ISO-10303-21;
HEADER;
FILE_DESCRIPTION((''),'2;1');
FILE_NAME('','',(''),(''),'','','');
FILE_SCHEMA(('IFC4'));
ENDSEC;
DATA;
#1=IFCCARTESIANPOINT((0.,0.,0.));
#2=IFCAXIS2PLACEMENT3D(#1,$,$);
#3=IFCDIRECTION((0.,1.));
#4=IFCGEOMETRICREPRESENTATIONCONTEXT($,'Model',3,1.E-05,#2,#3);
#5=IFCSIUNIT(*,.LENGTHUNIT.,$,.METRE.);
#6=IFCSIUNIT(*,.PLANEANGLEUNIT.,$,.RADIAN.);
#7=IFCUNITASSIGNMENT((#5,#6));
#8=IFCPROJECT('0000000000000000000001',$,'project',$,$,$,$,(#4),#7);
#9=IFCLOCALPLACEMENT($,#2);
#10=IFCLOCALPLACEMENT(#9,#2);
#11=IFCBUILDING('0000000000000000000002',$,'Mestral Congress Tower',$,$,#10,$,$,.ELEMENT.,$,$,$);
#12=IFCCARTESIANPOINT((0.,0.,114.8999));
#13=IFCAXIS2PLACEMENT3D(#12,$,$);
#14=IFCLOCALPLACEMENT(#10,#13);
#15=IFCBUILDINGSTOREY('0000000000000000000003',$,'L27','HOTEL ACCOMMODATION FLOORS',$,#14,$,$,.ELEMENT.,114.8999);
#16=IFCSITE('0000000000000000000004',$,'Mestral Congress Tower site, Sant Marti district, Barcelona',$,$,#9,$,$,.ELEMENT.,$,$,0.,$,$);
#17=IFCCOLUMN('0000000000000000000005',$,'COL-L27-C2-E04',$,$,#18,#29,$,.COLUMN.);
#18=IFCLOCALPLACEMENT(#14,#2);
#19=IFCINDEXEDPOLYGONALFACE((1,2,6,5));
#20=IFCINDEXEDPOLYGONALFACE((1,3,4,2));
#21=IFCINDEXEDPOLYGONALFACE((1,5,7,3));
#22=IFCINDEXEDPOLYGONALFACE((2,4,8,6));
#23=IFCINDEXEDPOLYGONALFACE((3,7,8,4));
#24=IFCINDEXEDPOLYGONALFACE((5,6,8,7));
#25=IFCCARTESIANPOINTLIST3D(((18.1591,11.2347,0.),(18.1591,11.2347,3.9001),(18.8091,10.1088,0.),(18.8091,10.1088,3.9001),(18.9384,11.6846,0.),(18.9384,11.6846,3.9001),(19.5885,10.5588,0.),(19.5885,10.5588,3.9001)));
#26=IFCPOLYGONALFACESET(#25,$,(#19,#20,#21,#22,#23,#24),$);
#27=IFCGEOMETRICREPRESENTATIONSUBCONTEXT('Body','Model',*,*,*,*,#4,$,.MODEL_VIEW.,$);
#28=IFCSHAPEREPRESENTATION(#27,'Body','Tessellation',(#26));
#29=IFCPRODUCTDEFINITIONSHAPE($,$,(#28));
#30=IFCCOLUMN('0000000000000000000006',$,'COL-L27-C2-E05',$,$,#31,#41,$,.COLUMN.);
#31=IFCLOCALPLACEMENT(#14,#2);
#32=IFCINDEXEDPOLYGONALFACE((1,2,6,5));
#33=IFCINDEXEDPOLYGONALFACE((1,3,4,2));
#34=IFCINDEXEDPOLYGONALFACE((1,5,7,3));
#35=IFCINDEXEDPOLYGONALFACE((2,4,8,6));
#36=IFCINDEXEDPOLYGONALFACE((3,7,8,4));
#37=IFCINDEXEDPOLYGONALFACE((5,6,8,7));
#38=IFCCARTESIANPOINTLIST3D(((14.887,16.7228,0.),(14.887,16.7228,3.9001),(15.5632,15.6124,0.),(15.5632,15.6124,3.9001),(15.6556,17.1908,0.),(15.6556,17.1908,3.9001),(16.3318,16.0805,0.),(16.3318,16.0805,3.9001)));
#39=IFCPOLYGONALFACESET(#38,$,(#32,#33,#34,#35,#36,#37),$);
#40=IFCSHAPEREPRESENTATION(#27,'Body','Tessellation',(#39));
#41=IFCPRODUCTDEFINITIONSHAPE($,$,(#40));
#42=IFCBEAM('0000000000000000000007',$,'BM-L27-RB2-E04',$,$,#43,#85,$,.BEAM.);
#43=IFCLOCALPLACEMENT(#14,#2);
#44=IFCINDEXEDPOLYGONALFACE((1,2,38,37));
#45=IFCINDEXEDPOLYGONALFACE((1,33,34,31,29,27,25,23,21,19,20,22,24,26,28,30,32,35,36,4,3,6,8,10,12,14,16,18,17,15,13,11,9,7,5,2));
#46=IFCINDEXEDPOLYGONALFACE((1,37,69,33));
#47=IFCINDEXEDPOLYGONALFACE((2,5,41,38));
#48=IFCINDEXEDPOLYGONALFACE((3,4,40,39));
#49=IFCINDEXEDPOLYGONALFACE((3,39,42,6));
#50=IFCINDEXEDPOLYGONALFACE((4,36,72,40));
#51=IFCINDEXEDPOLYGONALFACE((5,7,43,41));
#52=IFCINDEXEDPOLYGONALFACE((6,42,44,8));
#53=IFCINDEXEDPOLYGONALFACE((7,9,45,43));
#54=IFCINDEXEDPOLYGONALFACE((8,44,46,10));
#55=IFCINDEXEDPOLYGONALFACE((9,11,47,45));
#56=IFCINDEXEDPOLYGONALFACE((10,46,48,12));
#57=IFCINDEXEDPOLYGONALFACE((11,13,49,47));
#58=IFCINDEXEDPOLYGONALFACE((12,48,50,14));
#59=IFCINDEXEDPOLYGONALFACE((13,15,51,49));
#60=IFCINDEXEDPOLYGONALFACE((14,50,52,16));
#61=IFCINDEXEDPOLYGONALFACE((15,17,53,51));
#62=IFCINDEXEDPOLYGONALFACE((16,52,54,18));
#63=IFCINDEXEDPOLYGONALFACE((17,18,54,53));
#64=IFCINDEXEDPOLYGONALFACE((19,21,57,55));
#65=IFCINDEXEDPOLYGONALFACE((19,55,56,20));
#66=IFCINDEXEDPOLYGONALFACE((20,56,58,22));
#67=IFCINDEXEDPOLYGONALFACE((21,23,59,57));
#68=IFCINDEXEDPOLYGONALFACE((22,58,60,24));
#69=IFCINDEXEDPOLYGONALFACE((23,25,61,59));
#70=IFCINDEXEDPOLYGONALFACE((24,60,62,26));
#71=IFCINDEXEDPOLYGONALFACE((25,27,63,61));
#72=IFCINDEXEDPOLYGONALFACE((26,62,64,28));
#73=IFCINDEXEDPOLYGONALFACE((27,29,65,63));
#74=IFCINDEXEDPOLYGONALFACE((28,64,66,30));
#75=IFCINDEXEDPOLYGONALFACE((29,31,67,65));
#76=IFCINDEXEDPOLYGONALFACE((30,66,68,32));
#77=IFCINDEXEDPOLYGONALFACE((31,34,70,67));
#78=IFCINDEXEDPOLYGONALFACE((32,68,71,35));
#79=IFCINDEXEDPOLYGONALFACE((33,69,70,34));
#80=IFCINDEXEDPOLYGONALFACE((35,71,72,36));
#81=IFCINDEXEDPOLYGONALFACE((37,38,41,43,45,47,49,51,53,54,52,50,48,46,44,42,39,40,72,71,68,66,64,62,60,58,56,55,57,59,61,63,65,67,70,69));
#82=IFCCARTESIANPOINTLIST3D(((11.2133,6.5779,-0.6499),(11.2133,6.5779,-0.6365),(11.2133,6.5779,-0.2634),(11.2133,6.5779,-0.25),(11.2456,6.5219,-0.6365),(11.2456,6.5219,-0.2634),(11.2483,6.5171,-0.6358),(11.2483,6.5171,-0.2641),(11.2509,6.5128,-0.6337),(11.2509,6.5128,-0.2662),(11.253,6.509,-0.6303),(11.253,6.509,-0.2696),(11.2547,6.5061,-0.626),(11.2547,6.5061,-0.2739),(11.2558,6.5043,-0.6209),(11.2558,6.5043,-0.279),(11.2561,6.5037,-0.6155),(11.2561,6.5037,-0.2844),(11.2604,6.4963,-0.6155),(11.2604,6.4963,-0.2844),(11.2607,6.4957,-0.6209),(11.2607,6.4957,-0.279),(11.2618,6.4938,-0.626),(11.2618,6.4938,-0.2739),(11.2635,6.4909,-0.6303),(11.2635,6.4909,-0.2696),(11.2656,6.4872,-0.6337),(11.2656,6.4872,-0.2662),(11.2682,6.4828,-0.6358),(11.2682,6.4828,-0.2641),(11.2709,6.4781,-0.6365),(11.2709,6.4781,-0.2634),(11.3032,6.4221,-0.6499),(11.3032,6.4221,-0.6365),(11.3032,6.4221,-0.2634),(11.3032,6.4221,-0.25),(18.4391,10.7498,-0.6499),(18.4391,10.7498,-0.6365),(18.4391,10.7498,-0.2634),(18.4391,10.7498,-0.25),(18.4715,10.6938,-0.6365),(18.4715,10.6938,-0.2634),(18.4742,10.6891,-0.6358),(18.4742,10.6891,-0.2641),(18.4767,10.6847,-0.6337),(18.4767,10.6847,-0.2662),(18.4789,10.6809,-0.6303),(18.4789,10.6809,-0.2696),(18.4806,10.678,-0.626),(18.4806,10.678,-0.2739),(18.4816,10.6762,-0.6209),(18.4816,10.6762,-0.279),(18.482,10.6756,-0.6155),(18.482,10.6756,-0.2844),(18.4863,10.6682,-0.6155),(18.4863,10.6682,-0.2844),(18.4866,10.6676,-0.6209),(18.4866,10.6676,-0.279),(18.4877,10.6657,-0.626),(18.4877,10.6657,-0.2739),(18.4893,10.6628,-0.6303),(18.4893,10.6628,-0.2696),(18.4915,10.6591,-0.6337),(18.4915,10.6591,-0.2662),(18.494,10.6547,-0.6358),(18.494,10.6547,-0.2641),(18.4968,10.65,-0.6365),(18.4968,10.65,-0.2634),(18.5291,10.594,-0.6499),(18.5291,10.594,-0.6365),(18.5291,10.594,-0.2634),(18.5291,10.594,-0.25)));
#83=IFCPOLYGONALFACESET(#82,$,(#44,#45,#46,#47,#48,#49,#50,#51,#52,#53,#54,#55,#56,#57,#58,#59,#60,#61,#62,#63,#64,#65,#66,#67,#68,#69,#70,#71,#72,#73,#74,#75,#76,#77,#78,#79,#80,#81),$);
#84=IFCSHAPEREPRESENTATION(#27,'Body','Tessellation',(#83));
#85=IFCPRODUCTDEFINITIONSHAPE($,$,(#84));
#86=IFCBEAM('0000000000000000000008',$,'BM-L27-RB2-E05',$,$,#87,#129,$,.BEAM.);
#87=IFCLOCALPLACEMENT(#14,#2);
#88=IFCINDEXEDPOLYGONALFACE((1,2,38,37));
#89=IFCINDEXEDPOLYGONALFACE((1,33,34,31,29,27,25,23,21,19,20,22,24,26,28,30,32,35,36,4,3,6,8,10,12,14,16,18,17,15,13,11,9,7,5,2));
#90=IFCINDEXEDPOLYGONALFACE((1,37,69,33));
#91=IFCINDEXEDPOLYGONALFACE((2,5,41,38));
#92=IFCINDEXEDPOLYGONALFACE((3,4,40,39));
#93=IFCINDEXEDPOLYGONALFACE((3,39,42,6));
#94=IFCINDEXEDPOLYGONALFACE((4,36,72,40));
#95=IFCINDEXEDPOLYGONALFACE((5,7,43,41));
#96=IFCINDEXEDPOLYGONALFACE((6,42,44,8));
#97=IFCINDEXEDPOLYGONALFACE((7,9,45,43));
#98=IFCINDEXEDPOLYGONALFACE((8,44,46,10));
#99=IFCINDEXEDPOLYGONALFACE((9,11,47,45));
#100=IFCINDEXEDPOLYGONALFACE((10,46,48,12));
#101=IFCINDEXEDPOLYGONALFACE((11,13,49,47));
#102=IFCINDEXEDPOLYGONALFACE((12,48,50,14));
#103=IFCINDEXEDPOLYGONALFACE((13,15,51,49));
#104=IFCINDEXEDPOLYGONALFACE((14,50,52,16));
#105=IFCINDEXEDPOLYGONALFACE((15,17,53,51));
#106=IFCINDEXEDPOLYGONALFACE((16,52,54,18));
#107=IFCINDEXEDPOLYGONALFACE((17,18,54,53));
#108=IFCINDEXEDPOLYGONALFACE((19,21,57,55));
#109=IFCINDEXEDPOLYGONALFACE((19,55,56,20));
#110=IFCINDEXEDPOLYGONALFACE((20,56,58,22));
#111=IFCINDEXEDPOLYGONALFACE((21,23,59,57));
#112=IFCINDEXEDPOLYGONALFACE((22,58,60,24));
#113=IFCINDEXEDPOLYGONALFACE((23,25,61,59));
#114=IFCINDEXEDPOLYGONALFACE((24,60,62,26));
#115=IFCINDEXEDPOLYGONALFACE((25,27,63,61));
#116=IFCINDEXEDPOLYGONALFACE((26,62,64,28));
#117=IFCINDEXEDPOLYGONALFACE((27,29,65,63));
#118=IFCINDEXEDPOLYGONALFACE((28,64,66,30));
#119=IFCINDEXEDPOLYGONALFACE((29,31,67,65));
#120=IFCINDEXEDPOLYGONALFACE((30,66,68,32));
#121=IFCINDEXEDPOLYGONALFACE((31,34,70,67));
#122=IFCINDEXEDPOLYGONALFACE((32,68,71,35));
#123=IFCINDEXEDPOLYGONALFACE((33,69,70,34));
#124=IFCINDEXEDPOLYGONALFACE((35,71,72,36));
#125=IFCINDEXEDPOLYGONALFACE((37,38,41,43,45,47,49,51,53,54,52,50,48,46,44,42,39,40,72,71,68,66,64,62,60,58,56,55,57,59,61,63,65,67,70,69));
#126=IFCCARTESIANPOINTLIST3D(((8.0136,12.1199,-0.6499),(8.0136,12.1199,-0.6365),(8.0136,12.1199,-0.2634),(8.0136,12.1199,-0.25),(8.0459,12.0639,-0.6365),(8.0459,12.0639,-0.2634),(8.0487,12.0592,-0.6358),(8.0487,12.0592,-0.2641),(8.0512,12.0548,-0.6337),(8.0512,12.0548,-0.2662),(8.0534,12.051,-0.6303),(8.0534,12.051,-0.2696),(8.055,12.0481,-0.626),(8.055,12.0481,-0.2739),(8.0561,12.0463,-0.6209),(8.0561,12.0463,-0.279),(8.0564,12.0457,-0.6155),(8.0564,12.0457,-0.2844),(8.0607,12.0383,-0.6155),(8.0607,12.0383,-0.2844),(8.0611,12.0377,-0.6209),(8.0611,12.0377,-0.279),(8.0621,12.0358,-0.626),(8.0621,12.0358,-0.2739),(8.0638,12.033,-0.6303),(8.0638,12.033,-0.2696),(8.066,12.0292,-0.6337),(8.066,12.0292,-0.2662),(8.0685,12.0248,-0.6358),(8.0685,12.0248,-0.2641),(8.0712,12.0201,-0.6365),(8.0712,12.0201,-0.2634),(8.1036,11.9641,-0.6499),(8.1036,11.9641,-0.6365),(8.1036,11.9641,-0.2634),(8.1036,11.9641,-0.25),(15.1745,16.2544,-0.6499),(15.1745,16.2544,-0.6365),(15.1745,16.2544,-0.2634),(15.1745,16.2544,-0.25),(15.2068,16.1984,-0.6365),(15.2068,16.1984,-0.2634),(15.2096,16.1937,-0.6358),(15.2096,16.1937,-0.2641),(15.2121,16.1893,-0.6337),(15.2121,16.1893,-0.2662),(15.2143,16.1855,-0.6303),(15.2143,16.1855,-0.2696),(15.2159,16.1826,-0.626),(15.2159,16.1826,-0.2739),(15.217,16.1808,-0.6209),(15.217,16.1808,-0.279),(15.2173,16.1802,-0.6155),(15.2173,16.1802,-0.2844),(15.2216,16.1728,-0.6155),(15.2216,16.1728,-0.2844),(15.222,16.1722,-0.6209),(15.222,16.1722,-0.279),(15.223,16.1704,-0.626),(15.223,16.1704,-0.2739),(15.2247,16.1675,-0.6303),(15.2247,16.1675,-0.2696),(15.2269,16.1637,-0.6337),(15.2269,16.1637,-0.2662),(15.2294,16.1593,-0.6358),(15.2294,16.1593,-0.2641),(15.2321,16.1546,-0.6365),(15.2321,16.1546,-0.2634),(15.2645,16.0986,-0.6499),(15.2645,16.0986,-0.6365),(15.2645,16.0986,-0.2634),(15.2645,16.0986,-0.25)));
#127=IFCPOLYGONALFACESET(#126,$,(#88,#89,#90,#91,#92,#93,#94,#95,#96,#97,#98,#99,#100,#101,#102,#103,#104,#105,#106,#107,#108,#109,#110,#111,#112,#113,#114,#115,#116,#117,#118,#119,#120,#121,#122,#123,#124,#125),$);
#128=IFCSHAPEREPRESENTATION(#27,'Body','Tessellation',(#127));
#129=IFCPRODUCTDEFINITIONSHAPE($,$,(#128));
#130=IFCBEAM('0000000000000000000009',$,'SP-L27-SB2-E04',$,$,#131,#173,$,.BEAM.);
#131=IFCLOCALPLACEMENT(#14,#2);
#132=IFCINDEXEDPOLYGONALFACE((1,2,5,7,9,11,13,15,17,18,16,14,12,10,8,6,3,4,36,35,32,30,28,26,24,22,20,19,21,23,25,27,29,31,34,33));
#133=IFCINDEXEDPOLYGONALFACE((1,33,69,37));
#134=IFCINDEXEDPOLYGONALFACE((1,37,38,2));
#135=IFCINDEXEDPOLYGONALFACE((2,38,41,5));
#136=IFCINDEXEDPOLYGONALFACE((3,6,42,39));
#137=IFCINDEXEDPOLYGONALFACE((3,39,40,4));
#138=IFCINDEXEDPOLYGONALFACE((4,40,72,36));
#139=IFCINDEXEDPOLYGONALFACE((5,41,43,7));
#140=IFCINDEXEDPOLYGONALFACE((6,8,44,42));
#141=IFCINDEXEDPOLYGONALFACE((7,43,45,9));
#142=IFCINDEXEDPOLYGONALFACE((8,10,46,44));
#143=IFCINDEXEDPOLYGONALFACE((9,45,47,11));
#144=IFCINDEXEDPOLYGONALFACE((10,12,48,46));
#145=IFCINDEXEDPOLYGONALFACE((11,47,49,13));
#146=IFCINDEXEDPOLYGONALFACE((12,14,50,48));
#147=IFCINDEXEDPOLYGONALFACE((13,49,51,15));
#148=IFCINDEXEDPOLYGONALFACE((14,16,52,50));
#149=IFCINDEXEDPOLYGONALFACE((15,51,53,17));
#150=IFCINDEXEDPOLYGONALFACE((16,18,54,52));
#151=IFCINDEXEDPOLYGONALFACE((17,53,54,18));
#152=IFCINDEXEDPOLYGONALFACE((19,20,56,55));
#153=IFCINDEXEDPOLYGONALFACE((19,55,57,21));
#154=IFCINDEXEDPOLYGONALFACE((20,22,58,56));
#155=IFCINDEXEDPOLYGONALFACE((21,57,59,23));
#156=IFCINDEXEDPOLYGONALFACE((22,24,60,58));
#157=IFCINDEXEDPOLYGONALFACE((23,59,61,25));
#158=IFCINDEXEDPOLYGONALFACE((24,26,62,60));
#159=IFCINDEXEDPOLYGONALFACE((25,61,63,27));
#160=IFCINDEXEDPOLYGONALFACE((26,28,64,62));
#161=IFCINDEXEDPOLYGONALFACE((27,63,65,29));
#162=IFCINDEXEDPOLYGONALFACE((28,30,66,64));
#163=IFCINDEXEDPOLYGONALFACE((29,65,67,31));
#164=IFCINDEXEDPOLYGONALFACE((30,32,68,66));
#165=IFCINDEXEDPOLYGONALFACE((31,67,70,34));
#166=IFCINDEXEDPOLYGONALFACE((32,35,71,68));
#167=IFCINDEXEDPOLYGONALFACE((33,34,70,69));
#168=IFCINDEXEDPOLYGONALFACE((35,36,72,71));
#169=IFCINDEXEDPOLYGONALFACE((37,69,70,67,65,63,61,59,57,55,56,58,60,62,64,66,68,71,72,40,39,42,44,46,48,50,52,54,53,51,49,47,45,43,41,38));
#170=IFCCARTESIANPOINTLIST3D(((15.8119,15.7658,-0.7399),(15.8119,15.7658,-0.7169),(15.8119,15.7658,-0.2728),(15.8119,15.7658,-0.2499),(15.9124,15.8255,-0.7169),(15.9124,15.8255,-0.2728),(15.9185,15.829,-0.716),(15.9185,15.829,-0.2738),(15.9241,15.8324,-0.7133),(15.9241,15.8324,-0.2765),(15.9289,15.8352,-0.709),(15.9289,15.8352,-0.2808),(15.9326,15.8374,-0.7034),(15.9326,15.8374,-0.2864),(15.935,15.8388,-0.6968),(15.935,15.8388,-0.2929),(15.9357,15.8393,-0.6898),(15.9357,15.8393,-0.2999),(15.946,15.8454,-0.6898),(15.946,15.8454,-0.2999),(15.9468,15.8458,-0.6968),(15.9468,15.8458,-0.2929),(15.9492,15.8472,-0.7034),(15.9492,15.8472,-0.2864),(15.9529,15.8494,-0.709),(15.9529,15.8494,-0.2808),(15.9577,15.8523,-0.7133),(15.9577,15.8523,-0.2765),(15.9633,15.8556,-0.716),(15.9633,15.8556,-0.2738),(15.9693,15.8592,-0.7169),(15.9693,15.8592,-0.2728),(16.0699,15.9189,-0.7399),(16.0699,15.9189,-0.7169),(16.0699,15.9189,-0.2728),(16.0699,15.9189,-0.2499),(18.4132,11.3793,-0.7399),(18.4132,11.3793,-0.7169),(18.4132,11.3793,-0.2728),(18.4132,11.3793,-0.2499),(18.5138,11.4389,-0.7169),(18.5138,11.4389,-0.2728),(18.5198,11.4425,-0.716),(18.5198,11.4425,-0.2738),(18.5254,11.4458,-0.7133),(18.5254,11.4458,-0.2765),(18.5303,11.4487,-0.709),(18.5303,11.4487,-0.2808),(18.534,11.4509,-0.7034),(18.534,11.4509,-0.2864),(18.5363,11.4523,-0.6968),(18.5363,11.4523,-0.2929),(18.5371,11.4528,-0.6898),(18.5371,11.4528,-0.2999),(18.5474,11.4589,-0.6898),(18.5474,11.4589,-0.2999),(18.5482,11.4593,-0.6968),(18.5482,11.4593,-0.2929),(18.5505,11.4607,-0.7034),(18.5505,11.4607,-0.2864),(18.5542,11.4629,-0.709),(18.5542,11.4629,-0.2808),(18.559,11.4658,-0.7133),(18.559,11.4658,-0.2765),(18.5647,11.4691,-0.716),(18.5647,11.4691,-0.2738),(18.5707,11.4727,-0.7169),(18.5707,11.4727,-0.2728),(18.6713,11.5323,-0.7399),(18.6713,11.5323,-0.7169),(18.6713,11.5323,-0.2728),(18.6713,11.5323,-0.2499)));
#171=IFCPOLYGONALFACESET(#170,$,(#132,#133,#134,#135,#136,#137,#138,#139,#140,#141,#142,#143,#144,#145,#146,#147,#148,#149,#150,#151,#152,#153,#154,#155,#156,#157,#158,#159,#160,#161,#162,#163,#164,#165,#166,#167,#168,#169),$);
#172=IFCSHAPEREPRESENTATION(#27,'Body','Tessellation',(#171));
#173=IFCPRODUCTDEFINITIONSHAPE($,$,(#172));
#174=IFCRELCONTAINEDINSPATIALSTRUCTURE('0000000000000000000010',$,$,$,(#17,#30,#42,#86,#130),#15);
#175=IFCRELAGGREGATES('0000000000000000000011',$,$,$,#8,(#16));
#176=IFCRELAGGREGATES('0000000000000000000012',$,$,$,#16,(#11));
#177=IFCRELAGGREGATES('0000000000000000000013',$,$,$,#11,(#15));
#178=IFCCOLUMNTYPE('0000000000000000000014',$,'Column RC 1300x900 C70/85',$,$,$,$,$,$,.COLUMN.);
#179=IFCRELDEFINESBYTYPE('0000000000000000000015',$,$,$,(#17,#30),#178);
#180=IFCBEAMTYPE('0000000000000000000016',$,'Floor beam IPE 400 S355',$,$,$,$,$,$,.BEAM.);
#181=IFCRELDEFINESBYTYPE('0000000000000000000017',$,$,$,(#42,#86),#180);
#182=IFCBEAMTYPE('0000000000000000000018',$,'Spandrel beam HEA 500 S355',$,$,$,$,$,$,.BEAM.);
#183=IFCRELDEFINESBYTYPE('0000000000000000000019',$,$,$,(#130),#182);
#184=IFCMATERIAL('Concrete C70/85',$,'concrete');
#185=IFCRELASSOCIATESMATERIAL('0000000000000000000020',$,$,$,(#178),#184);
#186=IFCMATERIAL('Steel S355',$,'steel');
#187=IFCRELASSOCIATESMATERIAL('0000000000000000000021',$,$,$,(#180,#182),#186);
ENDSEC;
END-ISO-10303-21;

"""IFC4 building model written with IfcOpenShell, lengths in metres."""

from ifc_helpers import new_model, si_unit, direction, frame, origin, origin_2d, place, context, subcontext, project, spatial, rectangle, i_section, extrude, material, material_profile, profile_set, type_object, element, save


model = new_model("IFC4")

# Units and contexts
model_context = context("Model", 3, precision=1e-05, world=origin(), true_north=direction((0.0, 1.0)))
body_context = subcontext(model_context, "Body", "Model", "MODEL_VIEW")
ifc_project = project(units=[si_unit("LENGTHUNIT", "METRE"), si_unit("PLANEANGLEUNIT", "RADIAN")], contexts=[model_context])

# Site, building, storey
site_placement = place(None, origin())
site = spatial("IfcSite", under=ifc_project, at=site_placement, Name="Mestral Congress Tower site, Sant Marti district, Barcelona", CompositionType="ELEMENT", RefElevation=0.0)
building_placement = place(site_placement, origin())
building = spatial("IfcBuilding", under=site, at=building_placement, Name="Mestral Congress Tower", CompositionType="ELEMENT")
storey_placement = place(building_placement, frame((0.0, 0.0, 114.8999)))
storey = spatial("IfcBuildingStorey", under=building, at=storey_placement, Name="L27", Description="HOTEL ACCOMMODATION FLOORS", CompositionType="ELEMENT", Elevation=114.8999)

# Columns
ifc_material_1 = material(Name="Concrete C70/85", Category="concrete")
ifc_material_profile_1 = material_profile(ifc_material_1, rectangle(XDim=1.3, YDim=0.8999, at=origin_2d()), Name="RC 1300x900")
ifc_profile_set_1 = profile_set([ifc_material_profile_1], Name="Concrete C70/85")
column_type = type_object("IfcColumnType", Name="Column RC 1300x900 C70/85", PredefinedType="COLUMN", material=ifc_profile_set_1)
for number, where, z_axis, x_axis, name in (
    (1, (18.8738, 10.8967, 0.0), (0.0, 0.0, 1.0), (-0.5, 0.866025, 0.0), "COL-L27-C2-E04"),
    (2, (15.6094, 16.4016, 0.0), (0.0, 0.0, 1.0), (-0.520114, 0.854097, 0.0), "COL-L27-C2-E05"),
):
    element("IfcColumn", number, at=place(storey_placement, frame(where, z_axis=z_axis, x_axis=x_axis)), inside=storey, type_object=column_type, Name=name, PredefinedType="COLUMN", context=body_context, shape_type="SweptSolid", body=[
        extrude(rectangle(XDim=1.3, YDim=0.8999, at=origin_2d()), origin(), (0.0, 0.0, 1.0), 3.9001),
    ])

# Beams
ifc_material_2 = material(Name="Steel S355", Category="steel")
ifc_material_profile_2 = material_profile(ifc_material_2, i_section(OverallWidth=0.1799, OverallDepth=0.3999, WebThickness=0.0085, FlangeThickness=0.0134, FilletRadius=0.021, at=origin_2d()), Name="IPE 400")
ifc_profile_set_2 = profile_set([ifc_material_profile_2], Name="Steel S355")
beam_type_1 = type_object("IfcBeamType", Name="Floor beam IPE 400 S355", PredefinedType="BEAM", material=ifc_profile_set_2)
beam_1_placement = place(storey_placement, frame((18.4841, 10.6719, -0.45), z_axis=(-0.866023, -0.500004, 0.0), x_axis=(0.500004, -0.866023, 0.0)))
element("IfcBeam", 3, at=beam_1_placement, inside=storey, type_object=beam_type_1, Name="BM-L27-RB2-E04", PredefinedType="BEAM", context=body_context, shape_type="SweptSolid", body=[
    extrude(i_section(OverallWidth=0.1799, OverallDepth=0.3999, WebThickness=0.0085, FlangeThickness=0.0134, FilletRadius=0.021, at=origin_2d()), origin(), (0.0, 0.0, 1.0), 8.3438),
])
beam_2_placement = place(storey_placement, frame((15.2195, 16.1765, -0.45), z_axis=(-0.866016, -0.500016, 0.0), x_axis=(0.500016, -0.866016, 0.0)))
element("IfcBeam", 4, at=beam_2_placement, inside=storey, type_object=beam_type_1, Name="BM-L27-RB2-E05", PredefinedType="BEAM", context=body_context, shape_type="SweptSolid", body=[
    extrude(i_section(OverallWidth=0.1799, OverallDepth=0.3999, WebThickness=0.0085, FlangeThickness=0.0134, FilletRadius=0.021, at=origin_2d()), origin(), (0.0, 0.0, 1.0), 8.2688),
])
ifc_material_profile_3 = material_profile(ifc_material_2, i_section(OverallWidth=0.3, OverallDepth=0.49, WebThickness=0.012, FlangeThickness=0.0229, FilletRadius=0.0271, at=origin_2d()), Name="HEA 500")
ifc_profile_set_3 = profile_set([ifc_material_profile_3], Name="Steel S355")
beam_type_2 = type_object("IfcBeamType", Name="Spandrel beam HEA 500 S355", PredefinedType="BEAM", material=ifc_profile_set_3)
for number, where, z_axis, x_axis, name in (
    (5, (18.5422, 11.4558, -0.4949), (-0.510082, 0.860126, 0.0), (-0.860126, -0.510082, 0.0), "SP-L27-SB2-E04"),
):
    element("IfcBeam", number, at=place(storey_placement, frame(where, z_axis=z_axis, x_axis=x_axis)), inside=storey, type_object=beam_type_2, Name=name, PredefinedType="BEAM", context=body_context, shape_type="SweptSolid", body=[
        extrude(i_section(OverallWidth=0.3, OverallDepth=0.49, WebThickness=0.012, FlangeThickness=0.0229, FilletRadius=0.0271, at=origin_2d()), origin(), (0.0, 0.0, 1.0), 5.0999),
    ])

save(model, "model.ifc")
